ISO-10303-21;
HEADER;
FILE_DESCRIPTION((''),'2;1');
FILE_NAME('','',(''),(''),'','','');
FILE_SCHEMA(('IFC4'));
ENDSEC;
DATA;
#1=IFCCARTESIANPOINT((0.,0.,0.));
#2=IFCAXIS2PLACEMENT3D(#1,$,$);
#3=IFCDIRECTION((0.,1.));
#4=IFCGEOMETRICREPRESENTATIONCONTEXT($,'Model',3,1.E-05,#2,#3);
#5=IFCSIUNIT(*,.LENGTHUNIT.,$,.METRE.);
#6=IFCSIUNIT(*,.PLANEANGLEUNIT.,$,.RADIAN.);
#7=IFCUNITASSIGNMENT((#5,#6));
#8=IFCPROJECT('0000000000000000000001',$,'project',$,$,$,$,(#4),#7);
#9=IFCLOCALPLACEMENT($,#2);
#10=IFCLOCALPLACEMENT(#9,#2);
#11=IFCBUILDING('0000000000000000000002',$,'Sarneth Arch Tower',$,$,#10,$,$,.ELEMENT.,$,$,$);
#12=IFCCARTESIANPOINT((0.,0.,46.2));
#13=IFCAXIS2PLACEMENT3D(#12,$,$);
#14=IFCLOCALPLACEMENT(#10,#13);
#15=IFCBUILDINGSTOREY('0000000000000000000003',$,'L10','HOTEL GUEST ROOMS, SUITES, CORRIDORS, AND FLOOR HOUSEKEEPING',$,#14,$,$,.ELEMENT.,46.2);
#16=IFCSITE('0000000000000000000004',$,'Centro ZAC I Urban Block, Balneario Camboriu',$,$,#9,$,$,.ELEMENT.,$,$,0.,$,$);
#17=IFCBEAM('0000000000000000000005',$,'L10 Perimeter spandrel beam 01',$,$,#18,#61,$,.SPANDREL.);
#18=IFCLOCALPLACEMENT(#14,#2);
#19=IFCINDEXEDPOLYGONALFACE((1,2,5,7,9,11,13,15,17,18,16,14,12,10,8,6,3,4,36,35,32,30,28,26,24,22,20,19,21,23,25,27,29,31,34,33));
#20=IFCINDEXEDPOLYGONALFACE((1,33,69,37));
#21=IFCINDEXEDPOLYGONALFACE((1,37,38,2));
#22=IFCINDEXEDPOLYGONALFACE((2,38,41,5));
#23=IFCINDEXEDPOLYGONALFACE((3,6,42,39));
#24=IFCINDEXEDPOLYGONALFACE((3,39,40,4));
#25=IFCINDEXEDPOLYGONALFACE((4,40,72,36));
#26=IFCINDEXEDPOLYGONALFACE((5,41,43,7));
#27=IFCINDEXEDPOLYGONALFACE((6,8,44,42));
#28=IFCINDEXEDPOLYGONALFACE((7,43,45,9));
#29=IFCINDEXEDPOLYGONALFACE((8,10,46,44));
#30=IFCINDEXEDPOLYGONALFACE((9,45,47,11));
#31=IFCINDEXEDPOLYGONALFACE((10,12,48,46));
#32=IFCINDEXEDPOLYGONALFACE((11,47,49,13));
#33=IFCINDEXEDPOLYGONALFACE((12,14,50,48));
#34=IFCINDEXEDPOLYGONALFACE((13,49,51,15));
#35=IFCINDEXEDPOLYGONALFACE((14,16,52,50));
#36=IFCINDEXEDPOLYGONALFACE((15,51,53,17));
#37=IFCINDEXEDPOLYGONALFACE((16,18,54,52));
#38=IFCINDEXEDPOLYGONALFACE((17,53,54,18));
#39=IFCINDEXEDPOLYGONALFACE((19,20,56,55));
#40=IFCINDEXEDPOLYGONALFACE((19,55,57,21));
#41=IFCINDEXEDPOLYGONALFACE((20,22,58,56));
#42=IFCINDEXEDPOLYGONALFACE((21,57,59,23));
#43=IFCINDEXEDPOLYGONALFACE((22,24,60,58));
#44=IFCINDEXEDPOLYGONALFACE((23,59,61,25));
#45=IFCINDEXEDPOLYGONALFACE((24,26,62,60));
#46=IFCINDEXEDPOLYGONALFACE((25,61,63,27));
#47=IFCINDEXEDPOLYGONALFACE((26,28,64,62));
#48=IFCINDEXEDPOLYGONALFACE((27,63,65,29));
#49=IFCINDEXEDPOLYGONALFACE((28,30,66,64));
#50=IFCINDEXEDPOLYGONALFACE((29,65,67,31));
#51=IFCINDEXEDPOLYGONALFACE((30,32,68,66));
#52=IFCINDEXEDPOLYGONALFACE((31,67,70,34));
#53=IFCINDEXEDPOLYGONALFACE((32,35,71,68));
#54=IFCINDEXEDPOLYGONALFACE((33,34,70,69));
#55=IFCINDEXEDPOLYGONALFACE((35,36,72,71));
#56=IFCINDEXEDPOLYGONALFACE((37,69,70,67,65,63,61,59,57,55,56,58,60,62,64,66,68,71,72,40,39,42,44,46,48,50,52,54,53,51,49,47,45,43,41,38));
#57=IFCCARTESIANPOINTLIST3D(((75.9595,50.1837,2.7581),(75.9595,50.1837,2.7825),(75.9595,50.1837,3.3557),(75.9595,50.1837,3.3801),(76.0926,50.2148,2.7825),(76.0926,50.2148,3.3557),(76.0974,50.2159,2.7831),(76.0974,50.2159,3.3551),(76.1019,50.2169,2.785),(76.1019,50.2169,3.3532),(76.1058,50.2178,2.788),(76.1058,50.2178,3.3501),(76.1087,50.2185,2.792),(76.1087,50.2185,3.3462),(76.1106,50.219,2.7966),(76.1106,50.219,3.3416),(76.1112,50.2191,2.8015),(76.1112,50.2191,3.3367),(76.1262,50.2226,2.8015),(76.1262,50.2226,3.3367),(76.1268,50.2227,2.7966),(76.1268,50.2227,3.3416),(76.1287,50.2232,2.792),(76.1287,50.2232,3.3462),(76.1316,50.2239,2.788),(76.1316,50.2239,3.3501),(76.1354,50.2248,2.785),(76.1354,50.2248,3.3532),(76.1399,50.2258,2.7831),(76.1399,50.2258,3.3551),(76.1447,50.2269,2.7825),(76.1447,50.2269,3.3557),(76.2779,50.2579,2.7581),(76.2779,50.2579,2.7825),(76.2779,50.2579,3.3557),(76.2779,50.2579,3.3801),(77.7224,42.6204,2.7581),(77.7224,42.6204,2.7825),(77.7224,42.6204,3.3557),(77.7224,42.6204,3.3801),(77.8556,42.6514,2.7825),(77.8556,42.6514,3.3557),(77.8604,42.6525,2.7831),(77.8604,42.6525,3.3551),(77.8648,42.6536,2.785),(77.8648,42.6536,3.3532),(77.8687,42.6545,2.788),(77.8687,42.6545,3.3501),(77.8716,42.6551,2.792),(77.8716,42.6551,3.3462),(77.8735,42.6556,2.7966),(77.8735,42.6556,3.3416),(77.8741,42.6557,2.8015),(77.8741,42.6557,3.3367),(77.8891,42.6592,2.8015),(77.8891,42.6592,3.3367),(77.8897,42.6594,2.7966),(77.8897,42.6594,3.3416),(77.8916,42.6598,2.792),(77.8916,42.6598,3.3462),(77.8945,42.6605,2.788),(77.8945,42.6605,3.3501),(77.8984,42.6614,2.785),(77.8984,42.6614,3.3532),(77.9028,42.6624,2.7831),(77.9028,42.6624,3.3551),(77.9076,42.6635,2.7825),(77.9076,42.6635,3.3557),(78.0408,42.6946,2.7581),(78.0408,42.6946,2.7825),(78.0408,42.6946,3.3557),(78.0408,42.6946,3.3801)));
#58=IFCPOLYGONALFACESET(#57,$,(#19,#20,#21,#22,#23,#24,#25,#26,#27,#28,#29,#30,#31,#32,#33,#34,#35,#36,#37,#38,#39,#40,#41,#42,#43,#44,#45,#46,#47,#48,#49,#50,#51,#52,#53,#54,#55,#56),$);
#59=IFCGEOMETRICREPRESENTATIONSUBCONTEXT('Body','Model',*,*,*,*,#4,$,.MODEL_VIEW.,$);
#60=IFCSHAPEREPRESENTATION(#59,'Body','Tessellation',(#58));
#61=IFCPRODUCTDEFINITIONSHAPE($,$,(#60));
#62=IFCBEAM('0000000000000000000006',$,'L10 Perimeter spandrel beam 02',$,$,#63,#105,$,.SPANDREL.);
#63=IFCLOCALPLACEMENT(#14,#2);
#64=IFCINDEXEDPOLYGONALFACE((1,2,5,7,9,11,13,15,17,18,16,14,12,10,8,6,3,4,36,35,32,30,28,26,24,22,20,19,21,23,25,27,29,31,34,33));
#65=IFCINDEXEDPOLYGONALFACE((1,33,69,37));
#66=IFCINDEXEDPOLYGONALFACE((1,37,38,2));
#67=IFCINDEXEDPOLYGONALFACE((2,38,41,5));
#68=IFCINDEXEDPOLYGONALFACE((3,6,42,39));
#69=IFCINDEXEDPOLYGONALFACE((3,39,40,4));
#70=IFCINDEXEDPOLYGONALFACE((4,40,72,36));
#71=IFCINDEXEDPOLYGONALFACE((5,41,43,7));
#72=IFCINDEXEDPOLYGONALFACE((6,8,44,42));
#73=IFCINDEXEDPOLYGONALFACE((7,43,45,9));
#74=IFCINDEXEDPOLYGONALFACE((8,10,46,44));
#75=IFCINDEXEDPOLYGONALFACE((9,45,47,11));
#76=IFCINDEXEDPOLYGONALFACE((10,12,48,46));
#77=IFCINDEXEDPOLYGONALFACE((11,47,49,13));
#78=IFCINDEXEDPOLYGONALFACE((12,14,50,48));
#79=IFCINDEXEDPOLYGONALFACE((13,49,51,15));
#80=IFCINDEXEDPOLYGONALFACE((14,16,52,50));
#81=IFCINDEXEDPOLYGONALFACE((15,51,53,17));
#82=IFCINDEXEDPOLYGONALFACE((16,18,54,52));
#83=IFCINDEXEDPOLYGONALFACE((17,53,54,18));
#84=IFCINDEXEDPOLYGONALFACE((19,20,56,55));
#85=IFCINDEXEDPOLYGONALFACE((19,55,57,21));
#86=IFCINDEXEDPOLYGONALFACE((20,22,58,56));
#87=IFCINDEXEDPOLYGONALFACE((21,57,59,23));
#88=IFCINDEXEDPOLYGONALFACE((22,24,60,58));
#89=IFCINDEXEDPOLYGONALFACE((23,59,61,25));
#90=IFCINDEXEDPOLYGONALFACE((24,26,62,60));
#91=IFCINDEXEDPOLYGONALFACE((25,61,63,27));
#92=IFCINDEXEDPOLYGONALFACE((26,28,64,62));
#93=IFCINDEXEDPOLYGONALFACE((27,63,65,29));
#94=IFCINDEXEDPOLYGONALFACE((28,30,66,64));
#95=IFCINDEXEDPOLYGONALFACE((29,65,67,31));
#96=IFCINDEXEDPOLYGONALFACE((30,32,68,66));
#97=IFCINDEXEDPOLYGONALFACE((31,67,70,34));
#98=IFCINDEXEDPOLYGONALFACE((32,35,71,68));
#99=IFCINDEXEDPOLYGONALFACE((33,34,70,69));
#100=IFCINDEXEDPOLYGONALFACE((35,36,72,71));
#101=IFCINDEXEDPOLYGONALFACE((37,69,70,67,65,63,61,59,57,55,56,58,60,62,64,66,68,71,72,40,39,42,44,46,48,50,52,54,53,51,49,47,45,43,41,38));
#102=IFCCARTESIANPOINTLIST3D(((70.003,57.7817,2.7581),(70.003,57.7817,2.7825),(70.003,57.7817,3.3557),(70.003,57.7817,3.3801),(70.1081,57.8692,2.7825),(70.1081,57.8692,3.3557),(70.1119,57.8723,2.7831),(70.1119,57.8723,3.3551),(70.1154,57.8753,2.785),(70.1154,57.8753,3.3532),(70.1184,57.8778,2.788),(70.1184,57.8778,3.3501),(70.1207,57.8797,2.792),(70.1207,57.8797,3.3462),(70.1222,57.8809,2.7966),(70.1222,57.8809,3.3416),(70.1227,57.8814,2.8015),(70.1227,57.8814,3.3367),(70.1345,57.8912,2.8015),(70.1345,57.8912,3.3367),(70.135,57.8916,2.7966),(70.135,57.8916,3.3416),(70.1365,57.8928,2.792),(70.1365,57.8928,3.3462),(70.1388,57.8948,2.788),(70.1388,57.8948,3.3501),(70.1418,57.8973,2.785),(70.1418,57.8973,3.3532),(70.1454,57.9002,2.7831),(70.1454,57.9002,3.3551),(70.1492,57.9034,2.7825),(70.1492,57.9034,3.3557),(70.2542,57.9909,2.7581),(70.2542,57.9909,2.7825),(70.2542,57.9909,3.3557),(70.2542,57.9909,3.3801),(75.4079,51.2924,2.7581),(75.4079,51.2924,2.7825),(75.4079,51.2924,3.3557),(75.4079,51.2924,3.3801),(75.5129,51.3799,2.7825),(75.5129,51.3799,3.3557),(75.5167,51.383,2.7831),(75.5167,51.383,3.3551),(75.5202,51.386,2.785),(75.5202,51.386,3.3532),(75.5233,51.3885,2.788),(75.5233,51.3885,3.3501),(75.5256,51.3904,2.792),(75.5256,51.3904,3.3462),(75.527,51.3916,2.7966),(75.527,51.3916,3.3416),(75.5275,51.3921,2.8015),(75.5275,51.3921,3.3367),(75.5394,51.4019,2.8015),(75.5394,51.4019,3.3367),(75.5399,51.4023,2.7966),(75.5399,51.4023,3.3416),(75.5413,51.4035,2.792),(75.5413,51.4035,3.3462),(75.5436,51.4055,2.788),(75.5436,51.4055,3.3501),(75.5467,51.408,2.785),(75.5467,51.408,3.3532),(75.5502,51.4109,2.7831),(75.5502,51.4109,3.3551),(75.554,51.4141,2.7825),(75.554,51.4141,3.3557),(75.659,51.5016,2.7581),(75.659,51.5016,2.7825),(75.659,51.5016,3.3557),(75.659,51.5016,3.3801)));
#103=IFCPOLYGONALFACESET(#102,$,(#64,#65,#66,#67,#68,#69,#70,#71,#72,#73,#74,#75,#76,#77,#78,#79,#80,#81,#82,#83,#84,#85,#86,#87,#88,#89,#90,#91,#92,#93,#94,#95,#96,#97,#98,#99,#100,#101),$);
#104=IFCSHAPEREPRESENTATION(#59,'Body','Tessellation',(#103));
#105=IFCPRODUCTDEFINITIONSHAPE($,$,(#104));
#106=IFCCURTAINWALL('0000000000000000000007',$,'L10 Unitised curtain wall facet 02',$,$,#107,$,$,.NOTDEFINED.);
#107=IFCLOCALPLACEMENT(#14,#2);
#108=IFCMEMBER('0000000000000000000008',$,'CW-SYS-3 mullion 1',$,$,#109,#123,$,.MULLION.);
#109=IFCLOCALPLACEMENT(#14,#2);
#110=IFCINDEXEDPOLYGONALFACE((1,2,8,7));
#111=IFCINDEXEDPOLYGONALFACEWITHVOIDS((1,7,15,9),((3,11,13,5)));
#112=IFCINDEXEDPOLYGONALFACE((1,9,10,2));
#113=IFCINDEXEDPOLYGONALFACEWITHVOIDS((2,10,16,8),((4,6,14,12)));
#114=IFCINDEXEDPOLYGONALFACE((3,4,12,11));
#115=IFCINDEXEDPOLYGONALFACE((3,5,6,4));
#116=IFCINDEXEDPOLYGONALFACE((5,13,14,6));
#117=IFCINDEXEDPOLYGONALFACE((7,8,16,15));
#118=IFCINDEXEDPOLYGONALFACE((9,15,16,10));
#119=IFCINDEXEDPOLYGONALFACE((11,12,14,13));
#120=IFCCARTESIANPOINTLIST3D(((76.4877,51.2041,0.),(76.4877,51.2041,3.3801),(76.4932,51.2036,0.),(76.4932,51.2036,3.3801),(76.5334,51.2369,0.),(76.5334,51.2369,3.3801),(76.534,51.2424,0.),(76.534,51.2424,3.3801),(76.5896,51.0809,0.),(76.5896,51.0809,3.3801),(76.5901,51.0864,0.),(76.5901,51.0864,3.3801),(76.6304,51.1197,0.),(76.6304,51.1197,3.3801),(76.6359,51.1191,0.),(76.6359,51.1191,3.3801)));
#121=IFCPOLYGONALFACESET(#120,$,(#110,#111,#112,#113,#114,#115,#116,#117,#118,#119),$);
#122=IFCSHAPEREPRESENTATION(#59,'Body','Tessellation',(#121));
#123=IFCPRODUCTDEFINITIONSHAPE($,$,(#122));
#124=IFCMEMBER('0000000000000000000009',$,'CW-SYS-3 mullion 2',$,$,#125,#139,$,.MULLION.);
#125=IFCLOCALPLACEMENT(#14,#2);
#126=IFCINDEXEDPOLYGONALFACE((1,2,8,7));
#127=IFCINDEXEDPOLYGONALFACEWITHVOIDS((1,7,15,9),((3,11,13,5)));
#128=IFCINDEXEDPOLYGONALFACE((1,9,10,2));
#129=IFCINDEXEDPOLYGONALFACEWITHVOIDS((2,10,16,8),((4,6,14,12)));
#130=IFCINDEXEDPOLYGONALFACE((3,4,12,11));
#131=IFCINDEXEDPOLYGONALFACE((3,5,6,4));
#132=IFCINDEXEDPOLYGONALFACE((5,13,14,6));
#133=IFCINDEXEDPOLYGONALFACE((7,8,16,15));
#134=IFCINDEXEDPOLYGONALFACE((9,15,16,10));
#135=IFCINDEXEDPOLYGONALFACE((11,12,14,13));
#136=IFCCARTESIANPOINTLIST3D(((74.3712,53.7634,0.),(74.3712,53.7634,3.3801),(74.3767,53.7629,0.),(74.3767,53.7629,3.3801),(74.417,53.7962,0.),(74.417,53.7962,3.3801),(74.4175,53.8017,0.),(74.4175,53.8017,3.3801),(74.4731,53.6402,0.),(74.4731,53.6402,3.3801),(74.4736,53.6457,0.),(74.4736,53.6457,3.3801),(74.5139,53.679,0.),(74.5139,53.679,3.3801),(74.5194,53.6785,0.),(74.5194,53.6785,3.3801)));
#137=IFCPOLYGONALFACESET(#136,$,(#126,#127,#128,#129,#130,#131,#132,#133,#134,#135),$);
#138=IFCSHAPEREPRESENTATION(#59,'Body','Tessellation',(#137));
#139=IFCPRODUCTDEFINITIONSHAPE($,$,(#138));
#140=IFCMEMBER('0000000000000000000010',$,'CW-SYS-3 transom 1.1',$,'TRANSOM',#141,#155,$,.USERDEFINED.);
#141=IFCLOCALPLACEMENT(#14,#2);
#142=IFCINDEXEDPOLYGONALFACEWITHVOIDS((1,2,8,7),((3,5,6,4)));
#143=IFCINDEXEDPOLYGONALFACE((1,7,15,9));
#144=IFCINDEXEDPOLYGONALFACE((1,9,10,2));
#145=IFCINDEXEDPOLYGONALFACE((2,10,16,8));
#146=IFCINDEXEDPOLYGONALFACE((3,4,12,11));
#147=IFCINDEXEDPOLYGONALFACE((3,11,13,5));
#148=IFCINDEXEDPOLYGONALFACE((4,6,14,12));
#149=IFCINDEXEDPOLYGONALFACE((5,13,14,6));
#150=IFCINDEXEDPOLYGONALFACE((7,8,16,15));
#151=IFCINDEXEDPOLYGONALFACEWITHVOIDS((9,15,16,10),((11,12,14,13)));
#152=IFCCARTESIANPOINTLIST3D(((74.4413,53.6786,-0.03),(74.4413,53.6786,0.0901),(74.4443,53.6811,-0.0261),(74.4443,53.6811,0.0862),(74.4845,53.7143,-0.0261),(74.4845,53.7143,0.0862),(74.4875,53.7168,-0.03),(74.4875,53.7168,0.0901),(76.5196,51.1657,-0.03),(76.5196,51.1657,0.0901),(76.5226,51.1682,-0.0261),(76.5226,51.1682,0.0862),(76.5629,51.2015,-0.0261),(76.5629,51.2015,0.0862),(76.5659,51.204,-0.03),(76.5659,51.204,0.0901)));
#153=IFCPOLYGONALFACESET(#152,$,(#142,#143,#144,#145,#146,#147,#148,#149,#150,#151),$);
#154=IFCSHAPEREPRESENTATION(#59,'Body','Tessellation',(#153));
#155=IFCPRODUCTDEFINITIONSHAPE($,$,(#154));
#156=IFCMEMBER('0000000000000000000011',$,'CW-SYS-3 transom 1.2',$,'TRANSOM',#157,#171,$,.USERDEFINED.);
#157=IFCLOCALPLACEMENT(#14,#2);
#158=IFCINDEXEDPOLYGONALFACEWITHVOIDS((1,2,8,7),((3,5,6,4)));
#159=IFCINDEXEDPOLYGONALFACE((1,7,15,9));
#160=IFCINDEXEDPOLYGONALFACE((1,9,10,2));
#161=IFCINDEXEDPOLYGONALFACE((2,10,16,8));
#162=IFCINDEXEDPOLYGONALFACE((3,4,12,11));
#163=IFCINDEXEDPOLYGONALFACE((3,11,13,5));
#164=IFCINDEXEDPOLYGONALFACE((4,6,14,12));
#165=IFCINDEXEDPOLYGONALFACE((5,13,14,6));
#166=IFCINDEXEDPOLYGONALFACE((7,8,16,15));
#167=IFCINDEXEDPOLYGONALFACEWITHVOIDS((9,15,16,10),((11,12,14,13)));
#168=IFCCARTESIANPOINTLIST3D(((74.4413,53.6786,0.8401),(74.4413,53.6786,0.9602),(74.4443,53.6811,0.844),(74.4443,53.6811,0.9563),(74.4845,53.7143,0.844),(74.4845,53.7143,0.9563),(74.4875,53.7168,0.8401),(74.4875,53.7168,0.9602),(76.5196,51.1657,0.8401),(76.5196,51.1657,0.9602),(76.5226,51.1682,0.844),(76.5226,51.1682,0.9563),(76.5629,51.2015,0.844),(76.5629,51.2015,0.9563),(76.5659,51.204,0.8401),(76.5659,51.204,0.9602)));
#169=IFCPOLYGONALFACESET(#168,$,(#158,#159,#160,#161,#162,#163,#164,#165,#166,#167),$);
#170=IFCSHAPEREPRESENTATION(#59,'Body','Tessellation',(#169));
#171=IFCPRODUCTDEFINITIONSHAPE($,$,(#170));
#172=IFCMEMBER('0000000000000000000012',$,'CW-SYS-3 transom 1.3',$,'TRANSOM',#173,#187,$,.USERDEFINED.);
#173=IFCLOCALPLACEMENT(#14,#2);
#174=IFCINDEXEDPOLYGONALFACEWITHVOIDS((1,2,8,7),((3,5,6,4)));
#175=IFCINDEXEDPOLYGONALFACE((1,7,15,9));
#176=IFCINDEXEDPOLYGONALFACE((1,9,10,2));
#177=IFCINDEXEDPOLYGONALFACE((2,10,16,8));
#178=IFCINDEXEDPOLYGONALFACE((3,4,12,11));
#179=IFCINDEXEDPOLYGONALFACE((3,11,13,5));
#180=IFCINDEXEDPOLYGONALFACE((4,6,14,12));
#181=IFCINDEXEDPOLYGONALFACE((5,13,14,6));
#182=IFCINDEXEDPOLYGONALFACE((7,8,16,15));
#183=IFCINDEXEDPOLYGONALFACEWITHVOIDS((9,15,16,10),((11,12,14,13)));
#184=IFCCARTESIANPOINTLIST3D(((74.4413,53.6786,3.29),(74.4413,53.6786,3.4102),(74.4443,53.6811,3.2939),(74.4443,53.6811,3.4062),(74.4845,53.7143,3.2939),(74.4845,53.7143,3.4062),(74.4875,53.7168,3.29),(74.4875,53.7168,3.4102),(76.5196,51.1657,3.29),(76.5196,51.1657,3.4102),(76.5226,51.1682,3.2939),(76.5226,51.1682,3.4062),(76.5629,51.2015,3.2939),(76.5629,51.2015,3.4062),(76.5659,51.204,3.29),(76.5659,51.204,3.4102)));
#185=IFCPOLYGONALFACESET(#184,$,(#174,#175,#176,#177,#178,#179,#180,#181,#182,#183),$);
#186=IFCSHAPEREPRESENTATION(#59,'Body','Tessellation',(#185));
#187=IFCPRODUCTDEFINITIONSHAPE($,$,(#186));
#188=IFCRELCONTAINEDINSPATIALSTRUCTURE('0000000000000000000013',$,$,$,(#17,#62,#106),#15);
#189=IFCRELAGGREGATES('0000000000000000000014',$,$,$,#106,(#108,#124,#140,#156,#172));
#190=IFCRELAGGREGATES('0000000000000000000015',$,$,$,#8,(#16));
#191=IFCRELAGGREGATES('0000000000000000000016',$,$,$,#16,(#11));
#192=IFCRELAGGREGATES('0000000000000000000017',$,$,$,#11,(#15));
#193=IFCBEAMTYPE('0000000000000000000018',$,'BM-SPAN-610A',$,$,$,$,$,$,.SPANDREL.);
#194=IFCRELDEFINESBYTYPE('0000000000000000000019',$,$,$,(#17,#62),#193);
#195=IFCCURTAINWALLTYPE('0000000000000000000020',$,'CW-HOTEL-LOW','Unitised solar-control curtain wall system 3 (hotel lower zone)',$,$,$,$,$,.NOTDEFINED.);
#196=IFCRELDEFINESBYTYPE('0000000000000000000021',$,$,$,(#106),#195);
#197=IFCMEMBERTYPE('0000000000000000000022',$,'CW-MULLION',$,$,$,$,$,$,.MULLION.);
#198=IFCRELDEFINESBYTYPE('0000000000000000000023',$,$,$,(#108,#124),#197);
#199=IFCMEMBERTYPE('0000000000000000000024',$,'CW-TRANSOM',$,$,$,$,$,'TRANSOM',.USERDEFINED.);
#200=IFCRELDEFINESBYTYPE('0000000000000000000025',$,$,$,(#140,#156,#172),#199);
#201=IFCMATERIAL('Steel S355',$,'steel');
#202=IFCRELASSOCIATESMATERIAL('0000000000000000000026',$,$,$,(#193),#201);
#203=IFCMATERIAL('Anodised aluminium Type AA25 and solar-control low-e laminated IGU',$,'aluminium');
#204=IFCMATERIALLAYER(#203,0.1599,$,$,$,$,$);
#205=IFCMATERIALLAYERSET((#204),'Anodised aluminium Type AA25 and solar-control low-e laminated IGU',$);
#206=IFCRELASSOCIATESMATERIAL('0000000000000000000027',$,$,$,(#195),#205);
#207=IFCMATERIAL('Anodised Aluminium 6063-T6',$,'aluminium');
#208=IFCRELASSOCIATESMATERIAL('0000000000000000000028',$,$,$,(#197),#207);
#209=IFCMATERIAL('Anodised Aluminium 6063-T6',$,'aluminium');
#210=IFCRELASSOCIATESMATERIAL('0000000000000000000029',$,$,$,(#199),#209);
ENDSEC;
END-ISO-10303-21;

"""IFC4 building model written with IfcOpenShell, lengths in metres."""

from ifc_helpers import new_model, si_unit, direction, frame, origin, origin_2d, place, context, subcontext, project, spatial, hollow_rectangle, i_section, extrude, material, layer, layer_set, material_profile, profile_set, type_object, element, aggregate, save


model = new_model("IFC4")

# Units and contexts
model_context = context("Model", 3, precision=1e-05, world=origin(), true_north=direction((0.0, 1.0)))
body_context = subcontext(model_context, "Body", "Model", "MODEL_VIEW")
ifc_project = project(units=[si_unit("LENGTHUNIT", "METRE"), si_unit("PLANEANGLEUNIT", "RADIAN")], contexts=[model_context])

# Site, building, storey
site_placement = place(None, origin())
site = spatial("IfcSite", under=ifc_project, at=site_placement, Name="Centro ZAC I Urban Block, Balneario Camboriu", CompositionType="ELEMENT", RefElevation=0.0)
building_placement = place(site_placement, origin())
building = spatial("IfcBuilding", under=site, at=building_placement, Name="Sarneth Arch Tower", CompositionType="ELEMENT")
storey_placement = place(building_placement, frame((0.0, 0.0, 46.2)))
storey = spatial("IfcBuildingStorey", under=building, at=storey_placement, Name="L10", Description="HOTEL GUEST ROOMS, SUITES, CORRIDORS, AND FLOOR HOUSEKEEPING", CompositionType="ELEMENT", Elevation=46.2)

# Beams
ifc_material_1 = material(Name="Steel S355", Category="steel")
ifc_material_profile_1 = material_profile(ifc_material_1, i_section(OverallWidth=0.3269, OverallDepth=0.6221, WebThickness=0.0154, FlangeThickness=0.0244, FilletRadius=0.019, at=origin_2d()), Name="W610x195")
ifc_profile_set_1 = profile_set([ifc_material_profile_1], Name="Steel S355")
beam_type = type_object("IfcBeamType", Name="BM-SPAN-610A", PredefinedType="SPANDREL", material=ifc_profile_set_1)
beam_1_placement = place(storey_placement, frame((77.8816, 42.6575, 3.0691), z_axis=(-0.227001, 0.973895, 0.0), x_axis=(-0.973895, -0.227001, 0.0)))
element("IfcBeam", 1, at=beam_1_placement, inside=storey, type_object=beam_type, Name="L10 Perimeter spandrel beam 01", PredefinedType="SPANDREL", context=body_context, shape_type="SweptSolid", body=[
    extrude(i_section(OverallWidth=0.3269, OverallDepth=0.6221, WebThickness=0.0154, FlangeThickness=0.0244, FilletRadius=0.019, at=origin_2d()), origin(), (0.0, 0.0, 1.0), 7.7661),
])
beam_2_placement = place(storey_placement, frame((75.5334, 51.397, 3.0691), z_axis=(-0.63998, 0.768392, 0.0), x_axis=(-0.768392, -0.63998, 0.0)))
element("IfcBeam", 2, at=beam_2_placement, inside=storey, type_object=beam_type, Name="L10 Perimeter spandrel beam 02", PredefinedType="SPANDREL", context=body_context, shape_type="SweptSolid", body=[
    extrude(i_section(OverallWidth=0.3269, OverallDepth=0.6221, WebThickness=0.0154, FlangeThickness=0.0244, FilletRadius=0.019, at=origin_2d()), origin(), (0.0, 0.0, 1.0), 8.4453),
])

# Curtain wall, members
ifc_material_2 = material(Name="Anodised aluminium Type AA25 and solar-control low-e laminated IGU", Category="aluminium")
ifc_layer_1 = layer(ifc_material_2, 0.1599)
ifc_layer_set_1 = layer_set([ifc_layer_1], Name="Anodised aluminium Type AA25 and solar-control low-e laminated IGU")
curtain_wall_type = type_object("IfcCurtainWallType", Name="CW-HOTEL-LOW", Description="Unitised solar-control curtain wall system 3 (hotel lower zone)", PredefinedType="NOTDEFINED", material=ifc_layer_set_1)
curtain_wall_placement = place(storey_placement, origin())
curtain_wall = element("IfcCurtainWall", 3, at=curtain_wall_placement, inside=storey, type_object=curtain_wall_type, Name="L10 Unitised curtain wall facet 02", PredefinedType="NOTDEFINED")
ifc_material_3 = material(Name="Anodised Aluminium 6063-T6", Category="aluminium")
ifc_material_profile_2 = material_profile(ifc_material_3, hollow_rectangle(XDim=0.0601, YDim=0.1599, WallThickness=0.0039, at=origin_2d()), Name="AL-MULL-160x60x4")
ifc_profile_set_2 = profile_set([ifc_material_profile_2], Name="Anodised Aluminium 6063-T6")
member_type_1 = type_object("IfcMemberType", Name="CW-MULLION", PredefinedType="MULLION", material=ifc_profile_set_2)
member_1_placement = place(storey_placement, frame((76.5618, 51.1616, 0.0), z_axis=(0.0, 0.0, 1.0), x_axis=(-0.770623, -0.637291, 0.0)))
member_1 = element("IfcMember", 4, at=member_1_placement, type_object=member_type_1, Name="CW-SYS-3 mullion 1", PredefinedType="MULLION", context=body_context, shape_type="SweptSolid", body=[
    extrude(hollow_rectangle(XDim=0.0601, YDim=0.1599, WallThickness=0.0039, at=origin_2d()), origin(), (0.0, 0.0, 1.0), 3.3801),
])
member_2_placement = place(storey_placement, frame((74.4453, 53.7209, 0.0), z_axis=(0.0, 0.0, 1.0), x_axis=(-0.770623, -0.637291, 0.0)))
member_2 = element("IfcMember", 5, at=member_2_placement, type_object=member_type_1, Name="CW-SYS-3 mullion 2", PredefinedType="MULLION", context=body_context, shape_type="SweptSolid", body=[
    extrude(hollow_rectangle(XDim=0.0601, YDim=0.1599, WallThickness=0.0039, at=origin_2d()), origin(), (0.0, 0.0, 1.0), 3.3801),
])
ifc_material_4 = material(Name="Anodised Aluminium 6063-T6", Category="aluminium")
ifc_material_profile_3 = material_profile(ifc_material_4, hollow_rectangle(XDim=0.0601, YDim=0.1201, WallThickness=0.0039, at=origin_2d()), Name="AL-TRAN-120x60x4")
ifc_profile_set_3 = profile_set([ifc_material_profile_3], Name="Anodised Aluminium 6063-T6")
member_type_2 = type_object("IfcMemberType", Name="CW-TRANSOM", ElementType="TRANSOM", PredefinedType="USERDEFINED", material=ifc_profile_set_3)
member_3_placement = place(storey_placement, frame((76.5427, 51.1848, 0.03), z_axis=(-0.63733, 0.770591, 0.0), x_axis=(-0.770591, -0.63733, 0.0)))
member_3 = element("IfcMember", 6, at=member_3_placement, type_object=member_type_2, Name="CW-SYS-3 transom 1.1", ObjectType="TRANSOM", PredefinedType="USERDEFINED", context=body_context, shape_type="SweptSolid", body=[
    extrude(hollow_rectangle(XDim=0.0601, YDim=0.1201, WallThickness=0.0039, at=origin_2d()), origin(), (0.0, 0.0, 1.0), 3.261),
])
member_4_placement = place(storey_placement, frame((76.5427, 51.1848, 0.9001), z_axis=(-0.63733, 0.770591, 0.0), x_axis=(-0.770591, -0.63733, 0.0)))
member_4 = element("IfcMember", 7, at=member_4_placement, type_object=member_type_2, Name="CW-SYS-3 transom 1.2", ObjectType="TRANSOM", PredefinedType="USERDEFINED", context=body_context, shape_type="SweptSolid", body=[
    extrude(hollow_rectangle(XDim=0.0601, YDim=0.1201, WallThickness=0.0039, at=origin_2d()), origin(), (0.0, 0.0, 1.0), 3.261),
])
member_5_placement = place(storey_placement, frame((76.5427, 51.1848, 3.3501), z_axis=(-0.63733, 0.770591, 0.0), x_axis=(-0.770591, -0.63733, 0.0)))
member_5 = element("IfcMember", 8, at=member_5_placement, type_object=member_type_2, Name="CW-SYS-3 transom 1.3", ObjectType="TRANSOM", PredefinedType="USERDEFINED", context=body_context, shape_type="SweptSolid", body=[
    extrude(hollow_rectangle(XDim=0.0601, YDim=0.1201, WallThickness=0.0039, at=origin_2d()), origin(), (0.0, 0.0, 1.0), 3.261),
])

aggregate(curtain_wall, [member_1, member_2, member_3, member_4, member_5])

save(model, "model.ifc")
